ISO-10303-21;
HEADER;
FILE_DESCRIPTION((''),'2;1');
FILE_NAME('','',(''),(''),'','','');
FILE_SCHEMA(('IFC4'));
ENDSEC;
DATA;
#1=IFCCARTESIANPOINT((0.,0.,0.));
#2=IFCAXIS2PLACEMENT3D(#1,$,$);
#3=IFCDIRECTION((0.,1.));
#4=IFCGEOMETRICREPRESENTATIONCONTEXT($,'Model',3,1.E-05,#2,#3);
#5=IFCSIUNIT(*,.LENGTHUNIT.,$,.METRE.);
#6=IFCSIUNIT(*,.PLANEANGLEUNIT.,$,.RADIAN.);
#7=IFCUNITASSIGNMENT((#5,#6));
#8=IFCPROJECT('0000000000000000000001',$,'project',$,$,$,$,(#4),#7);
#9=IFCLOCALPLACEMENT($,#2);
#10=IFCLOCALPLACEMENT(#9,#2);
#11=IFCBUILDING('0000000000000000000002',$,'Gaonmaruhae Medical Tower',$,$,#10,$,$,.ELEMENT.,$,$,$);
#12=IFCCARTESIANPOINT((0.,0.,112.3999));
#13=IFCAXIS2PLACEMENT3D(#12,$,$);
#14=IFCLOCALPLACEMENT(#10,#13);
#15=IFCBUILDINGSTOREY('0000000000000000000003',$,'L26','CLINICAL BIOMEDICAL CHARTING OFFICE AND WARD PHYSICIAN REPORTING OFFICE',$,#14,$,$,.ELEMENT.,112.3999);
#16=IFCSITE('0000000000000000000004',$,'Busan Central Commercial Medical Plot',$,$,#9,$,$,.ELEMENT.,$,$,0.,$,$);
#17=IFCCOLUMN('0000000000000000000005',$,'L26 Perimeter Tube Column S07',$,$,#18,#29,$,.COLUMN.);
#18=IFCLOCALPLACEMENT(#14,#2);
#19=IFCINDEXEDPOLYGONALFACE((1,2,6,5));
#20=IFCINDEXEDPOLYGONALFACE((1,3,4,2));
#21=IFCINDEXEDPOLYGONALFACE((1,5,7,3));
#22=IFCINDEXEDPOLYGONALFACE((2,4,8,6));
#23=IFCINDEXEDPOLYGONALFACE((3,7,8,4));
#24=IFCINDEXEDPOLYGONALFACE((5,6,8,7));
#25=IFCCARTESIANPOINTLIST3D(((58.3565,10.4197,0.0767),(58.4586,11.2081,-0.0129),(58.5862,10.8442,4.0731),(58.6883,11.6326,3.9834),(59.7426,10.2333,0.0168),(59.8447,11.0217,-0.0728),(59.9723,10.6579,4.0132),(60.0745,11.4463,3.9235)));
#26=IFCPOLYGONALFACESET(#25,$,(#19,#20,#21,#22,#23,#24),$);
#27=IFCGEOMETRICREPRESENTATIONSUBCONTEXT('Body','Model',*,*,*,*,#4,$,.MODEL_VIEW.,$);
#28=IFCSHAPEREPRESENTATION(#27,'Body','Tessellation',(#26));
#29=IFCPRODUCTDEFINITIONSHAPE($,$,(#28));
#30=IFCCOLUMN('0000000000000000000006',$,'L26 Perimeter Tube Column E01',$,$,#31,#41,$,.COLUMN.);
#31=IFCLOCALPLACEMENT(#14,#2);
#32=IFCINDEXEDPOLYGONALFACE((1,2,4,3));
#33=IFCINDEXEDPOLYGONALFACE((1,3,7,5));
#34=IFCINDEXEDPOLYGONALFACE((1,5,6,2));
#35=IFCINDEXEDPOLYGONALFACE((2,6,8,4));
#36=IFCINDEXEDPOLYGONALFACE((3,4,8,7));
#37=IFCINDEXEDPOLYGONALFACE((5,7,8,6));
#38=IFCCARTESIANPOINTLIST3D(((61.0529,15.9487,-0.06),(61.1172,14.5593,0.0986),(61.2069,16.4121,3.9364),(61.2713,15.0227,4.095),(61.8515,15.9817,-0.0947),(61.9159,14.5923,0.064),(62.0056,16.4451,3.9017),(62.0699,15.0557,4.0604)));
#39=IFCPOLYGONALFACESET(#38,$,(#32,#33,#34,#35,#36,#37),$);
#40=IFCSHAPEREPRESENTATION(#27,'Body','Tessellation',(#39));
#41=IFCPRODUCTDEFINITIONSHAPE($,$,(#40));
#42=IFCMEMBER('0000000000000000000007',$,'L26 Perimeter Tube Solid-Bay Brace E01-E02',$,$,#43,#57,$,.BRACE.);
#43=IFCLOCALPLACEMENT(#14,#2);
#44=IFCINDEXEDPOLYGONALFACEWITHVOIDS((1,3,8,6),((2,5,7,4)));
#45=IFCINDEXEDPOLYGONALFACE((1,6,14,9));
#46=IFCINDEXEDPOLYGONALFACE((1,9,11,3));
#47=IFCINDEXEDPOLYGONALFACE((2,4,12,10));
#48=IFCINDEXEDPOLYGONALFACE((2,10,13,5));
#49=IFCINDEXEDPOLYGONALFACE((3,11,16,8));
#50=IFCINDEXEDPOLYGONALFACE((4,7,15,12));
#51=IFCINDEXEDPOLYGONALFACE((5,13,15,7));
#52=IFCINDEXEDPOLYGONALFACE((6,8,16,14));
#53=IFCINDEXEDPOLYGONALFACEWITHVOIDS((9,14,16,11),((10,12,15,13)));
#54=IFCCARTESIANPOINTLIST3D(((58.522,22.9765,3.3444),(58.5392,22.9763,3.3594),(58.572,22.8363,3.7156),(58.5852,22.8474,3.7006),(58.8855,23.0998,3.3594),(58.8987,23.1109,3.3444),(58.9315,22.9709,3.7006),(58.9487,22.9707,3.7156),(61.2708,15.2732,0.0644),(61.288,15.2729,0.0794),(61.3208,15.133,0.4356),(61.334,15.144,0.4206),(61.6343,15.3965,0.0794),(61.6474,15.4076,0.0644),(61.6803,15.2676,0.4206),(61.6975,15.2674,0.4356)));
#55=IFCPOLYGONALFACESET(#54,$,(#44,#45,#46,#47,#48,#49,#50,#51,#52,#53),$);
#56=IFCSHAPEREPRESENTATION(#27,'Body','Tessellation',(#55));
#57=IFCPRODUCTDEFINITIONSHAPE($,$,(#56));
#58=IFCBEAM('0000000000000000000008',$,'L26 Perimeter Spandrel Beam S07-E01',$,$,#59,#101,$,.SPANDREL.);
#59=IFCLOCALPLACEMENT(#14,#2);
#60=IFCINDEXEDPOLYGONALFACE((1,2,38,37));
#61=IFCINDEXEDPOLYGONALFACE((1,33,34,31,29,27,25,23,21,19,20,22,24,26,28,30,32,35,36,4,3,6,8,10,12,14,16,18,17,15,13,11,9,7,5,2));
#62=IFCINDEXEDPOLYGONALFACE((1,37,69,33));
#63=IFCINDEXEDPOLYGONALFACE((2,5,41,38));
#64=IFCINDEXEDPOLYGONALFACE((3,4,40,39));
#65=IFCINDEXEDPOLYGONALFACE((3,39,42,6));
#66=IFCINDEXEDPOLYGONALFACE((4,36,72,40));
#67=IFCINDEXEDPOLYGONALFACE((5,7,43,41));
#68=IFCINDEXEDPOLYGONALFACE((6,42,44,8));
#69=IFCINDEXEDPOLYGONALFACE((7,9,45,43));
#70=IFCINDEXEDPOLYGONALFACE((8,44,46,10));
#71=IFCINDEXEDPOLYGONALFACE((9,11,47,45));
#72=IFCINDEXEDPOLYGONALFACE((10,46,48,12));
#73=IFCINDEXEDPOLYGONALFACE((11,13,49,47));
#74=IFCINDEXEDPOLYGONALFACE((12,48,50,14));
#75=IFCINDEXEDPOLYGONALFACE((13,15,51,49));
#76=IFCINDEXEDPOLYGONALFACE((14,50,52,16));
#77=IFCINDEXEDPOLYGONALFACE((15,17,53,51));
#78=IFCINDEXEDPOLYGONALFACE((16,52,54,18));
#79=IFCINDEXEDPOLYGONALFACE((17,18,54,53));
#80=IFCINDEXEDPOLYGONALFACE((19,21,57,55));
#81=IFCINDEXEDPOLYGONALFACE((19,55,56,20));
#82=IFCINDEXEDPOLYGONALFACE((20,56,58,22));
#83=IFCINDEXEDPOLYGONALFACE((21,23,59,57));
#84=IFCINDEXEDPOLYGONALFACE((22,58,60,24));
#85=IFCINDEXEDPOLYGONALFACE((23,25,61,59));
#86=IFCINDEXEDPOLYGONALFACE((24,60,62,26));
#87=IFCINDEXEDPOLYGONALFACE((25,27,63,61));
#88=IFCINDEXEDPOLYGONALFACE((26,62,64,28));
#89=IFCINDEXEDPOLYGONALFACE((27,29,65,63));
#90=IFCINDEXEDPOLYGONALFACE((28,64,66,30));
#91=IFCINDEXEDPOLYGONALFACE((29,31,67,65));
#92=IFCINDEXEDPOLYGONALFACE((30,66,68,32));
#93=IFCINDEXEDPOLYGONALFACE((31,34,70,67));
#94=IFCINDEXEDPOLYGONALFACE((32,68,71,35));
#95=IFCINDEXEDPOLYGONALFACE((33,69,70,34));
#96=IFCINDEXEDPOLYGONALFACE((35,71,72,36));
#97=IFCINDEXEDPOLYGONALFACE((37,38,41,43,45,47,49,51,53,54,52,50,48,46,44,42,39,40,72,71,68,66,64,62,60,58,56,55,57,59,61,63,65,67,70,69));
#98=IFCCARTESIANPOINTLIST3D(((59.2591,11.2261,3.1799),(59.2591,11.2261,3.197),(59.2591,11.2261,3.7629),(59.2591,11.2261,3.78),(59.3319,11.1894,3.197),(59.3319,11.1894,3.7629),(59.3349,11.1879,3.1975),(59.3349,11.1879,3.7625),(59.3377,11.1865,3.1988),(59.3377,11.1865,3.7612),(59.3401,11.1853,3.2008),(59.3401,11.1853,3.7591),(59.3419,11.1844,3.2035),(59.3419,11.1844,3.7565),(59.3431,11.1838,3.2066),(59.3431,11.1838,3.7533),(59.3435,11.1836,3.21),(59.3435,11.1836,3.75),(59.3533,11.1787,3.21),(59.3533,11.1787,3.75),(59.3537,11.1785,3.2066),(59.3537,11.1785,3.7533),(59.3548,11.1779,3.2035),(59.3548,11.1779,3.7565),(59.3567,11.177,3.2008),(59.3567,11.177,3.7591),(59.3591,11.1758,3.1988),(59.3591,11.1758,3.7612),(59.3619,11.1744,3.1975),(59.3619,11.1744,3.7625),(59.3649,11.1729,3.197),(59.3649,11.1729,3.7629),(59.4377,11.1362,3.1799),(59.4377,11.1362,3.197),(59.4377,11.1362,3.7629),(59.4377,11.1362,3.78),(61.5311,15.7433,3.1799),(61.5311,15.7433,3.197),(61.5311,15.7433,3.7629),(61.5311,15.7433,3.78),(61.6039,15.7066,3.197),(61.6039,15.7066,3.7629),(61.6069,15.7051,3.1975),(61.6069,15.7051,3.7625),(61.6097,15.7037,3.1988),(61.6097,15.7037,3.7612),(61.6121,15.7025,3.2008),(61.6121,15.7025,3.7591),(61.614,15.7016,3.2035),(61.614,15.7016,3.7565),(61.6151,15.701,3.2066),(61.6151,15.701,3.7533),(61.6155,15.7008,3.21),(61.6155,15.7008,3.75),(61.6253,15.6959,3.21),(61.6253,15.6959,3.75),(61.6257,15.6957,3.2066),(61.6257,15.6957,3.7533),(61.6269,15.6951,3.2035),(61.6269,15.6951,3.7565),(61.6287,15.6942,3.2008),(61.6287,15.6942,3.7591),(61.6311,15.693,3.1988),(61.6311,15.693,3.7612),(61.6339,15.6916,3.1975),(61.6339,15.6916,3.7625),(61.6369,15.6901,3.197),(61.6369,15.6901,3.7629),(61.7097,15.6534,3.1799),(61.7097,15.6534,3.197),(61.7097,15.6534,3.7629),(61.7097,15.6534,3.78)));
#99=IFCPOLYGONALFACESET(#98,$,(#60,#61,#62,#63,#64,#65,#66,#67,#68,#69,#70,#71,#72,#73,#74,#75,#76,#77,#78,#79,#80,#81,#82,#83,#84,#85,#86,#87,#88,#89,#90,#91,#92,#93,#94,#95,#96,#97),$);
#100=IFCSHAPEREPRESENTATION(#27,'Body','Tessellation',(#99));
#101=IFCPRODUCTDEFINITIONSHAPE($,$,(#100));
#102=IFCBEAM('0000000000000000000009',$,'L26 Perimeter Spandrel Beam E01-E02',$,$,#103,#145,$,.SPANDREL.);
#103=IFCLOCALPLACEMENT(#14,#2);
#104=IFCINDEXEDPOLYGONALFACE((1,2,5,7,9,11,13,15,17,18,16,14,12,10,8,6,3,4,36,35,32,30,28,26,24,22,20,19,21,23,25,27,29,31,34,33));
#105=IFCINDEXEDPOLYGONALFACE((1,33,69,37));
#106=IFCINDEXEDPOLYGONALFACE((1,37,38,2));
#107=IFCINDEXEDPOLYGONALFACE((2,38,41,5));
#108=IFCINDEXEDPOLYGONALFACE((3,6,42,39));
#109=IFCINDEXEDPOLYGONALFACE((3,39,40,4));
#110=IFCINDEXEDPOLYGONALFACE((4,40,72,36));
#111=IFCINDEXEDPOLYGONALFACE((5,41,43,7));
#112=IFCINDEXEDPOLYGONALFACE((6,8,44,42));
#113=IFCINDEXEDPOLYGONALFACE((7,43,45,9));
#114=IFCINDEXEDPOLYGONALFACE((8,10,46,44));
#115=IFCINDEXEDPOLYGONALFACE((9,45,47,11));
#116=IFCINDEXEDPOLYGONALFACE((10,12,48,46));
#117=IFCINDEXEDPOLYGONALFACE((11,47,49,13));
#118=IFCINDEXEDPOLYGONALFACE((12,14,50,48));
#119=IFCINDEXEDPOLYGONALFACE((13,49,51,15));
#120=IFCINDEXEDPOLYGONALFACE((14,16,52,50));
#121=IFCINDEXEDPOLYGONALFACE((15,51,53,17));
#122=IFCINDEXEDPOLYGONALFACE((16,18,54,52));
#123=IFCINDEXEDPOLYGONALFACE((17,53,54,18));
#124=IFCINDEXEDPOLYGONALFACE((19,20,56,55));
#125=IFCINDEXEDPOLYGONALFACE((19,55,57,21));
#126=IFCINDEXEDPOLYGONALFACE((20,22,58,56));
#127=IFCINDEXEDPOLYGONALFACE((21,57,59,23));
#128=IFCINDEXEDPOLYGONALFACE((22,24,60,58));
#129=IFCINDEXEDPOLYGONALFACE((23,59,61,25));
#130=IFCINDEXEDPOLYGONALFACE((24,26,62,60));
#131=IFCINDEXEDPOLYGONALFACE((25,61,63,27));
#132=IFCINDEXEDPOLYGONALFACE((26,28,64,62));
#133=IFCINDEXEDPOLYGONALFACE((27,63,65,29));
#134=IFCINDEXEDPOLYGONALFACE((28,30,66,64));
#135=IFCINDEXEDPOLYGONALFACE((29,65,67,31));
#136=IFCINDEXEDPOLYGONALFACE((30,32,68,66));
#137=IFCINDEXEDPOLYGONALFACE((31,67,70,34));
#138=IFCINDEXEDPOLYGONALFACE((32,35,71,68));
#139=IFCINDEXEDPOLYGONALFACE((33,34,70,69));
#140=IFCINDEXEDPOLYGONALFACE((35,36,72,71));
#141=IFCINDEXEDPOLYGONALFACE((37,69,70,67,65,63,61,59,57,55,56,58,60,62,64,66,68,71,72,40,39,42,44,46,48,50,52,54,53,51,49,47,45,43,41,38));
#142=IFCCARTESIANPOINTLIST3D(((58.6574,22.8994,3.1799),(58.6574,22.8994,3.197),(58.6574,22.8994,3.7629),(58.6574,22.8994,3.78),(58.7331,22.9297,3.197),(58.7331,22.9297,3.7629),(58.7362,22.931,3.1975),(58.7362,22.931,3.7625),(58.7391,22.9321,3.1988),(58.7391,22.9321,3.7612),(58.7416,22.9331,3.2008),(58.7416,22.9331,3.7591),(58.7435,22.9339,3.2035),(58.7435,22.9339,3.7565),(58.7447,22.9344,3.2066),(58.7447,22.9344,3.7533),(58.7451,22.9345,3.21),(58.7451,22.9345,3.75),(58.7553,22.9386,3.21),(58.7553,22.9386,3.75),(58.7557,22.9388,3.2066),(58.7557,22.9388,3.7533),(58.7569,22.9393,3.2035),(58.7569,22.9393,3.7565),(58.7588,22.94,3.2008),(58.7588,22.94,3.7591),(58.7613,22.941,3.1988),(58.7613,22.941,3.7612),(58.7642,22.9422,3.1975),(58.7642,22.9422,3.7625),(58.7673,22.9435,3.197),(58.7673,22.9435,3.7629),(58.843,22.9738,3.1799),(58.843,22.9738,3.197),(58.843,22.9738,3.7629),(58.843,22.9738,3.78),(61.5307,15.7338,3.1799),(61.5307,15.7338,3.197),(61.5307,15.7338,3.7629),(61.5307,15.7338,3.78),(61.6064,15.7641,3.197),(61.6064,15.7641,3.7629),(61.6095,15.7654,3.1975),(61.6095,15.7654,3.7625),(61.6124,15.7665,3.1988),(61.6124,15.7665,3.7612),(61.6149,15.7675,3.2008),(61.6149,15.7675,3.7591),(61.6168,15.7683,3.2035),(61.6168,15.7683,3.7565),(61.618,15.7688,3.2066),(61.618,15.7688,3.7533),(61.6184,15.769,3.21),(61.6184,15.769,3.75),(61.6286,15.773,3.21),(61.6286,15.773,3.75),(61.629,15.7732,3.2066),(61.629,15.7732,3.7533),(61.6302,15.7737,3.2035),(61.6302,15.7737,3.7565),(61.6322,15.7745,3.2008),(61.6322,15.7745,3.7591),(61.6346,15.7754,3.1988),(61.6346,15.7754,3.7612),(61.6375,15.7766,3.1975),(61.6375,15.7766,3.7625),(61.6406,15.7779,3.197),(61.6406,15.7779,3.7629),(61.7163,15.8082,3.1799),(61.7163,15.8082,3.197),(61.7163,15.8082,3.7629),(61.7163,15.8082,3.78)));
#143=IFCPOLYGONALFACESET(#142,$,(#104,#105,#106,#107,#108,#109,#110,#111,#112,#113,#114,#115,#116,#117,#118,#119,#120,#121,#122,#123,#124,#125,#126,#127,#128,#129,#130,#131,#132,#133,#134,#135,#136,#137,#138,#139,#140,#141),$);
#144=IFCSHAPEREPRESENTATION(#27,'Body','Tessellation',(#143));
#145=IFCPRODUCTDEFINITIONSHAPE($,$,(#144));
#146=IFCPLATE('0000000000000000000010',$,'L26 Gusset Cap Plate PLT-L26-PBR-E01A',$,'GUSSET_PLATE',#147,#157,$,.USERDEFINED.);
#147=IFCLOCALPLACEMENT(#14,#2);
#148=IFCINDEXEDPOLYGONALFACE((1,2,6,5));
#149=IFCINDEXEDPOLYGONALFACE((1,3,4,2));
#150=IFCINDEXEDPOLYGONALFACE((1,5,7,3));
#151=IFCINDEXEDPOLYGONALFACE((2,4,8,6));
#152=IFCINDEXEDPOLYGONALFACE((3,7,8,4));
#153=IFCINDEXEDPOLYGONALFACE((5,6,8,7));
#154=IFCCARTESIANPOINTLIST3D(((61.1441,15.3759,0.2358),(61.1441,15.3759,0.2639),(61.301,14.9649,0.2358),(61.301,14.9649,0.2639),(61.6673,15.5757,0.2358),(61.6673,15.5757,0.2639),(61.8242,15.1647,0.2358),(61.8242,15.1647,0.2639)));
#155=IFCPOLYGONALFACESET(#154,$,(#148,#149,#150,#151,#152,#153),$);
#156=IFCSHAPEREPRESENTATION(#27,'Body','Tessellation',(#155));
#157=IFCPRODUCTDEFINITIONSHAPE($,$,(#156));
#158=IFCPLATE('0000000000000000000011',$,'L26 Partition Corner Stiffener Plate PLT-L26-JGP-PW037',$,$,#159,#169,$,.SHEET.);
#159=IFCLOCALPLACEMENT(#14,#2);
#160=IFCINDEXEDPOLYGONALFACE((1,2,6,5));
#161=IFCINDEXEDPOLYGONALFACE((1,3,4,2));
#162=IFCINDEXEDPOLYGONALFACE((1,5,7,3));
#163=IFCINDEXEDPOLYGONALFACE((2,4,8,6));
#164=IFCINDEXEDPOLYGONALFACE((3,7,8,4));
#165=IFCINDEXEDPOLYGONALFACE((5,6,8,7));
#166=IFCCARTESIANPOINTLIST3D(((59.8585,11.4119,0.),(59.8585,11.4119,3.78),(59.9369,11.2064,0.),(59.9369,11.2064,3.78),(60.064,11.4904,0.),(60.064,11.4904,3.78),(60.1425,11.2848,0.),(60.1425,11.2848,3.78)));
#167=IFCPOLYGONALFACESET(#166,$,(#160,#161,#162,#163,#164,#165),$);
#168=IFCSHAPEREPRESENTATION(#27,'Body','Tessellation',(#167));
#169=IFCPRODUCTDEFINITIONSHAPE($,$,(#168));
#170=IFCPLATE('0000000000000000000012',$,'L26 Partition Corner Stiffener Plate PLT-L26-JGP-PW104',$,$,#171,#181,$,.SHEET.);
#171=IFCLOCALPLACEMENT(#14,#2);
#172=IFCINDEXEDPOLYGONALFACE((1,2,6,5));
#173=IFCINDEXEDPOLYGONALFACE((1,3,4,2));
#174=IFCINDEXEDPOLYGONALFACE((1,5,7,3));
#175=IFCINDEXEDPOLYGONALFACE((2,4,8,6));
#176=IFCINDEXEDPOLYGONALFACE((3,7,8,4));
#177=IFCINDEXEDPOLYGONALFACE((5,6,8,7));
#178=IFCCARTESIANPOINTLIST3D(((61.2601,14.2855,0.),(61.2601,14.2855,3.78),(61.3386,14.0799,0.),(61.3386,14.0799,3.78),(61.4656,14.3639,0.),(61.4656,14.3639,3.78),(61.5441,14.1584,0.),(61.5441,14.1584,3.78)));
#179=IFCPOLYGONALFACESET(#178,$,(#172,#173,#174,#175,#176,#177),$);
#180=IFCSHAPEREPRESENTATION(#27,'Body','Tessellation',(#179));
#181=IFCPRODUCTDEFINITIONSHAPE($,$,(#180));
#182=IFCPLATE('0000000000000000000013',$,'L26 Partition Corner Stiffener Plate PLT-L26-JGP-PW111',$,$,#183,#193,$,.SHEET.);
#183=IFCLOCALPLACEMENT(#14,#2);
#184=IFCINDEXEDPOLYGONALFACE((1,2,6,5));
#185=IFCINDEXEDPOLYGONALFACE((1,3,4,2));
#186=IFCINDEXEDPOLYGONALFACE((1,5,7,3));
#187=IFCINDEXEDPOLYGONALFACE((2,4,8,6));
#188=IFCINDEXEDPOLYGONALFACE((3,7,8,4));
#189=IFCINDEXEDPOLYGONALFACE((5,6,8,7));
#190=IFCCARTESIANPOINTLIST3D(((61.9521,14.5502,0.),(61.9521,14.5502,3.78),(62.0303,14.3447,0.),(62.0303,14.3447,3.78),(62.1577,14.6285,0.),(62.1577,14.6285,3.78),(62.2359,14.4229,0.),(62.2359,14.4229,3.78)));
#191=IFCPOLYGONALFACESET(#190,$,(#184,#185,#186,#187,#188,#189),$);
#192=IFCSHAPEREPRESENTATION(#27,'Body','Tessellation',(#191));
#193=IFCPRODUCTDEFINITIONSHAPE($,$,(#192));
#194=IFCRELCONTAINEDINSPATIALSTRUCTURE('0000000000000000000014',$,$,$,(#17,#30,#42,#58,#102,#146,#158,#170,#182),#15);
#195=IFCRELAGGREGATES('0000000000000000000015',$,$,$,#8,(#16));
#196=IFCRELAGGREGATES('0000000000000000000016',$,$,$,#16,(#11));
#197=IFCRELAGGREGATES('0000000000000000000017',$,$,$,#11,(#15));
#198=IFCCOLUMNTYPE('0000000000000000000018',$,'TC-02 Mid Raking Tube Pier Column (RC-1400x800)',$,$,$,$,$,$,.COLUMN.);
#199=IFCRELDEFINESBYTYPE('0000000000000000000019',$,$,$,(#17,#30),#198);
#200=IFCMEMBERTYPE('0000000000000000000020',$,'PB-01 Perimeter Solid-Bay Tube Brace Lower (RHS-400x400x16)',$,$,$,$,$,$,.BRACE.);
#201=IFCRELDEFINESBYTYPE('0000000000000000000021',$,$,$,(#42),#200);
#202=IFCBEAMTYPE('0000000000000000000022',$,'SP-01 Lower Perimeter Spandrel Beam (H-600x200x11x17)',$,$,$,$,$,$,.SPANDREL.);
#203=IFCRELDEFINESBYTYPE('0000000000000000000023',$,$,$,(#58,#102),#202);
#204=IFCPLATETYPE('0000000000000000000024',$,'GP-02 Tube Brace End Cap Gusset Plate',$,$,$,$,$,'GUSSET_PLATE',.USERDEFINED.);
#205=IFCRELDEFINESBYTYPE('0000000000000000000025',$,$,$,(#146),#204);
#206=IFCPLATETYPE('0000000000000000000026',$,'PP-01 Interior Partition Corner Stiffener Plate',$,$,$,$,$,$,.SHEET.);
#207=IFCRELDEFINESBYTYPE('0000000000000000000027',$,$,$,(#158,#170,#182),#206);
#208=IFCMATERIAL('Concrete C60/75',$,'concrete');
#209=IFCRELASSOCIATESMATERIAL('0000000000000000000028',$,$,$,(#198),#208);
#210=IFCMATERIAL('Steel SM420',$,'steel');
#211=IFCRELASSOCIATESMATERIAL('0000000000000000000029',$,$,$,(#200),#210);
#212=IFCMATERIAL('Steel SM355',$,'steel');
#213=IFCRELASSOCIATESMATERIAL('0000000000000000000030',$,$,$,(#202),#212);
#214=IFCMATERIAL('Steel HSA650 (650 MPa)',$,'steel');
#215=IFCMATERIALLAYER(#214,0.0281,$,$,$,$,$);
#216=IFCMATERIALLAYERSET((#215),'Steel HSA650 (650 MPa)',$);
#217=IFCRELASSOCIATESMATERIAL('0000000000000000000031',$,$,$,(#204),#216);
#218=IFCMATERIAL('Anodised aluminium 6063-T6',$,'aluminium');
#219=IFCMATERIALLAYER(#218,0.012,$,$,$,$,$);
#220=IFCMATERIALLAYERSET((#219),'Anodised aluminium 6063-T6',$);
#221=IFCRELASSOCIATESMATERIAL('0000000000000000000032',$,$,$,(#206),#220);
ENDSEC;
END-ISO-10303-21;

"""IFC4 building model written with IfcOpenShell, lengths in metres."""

from ifc_helpers import new_model, si_unit, direction, frame, origin, origin_2d, place, context, subcontext, project, spatial, rectangle, hollow_rectangle, i_section, extrude, material, layer, layer_set, material_profile, profile_set, type_object, element, save


model = new_model("IFC4")

# Units and contexts
model_context = context("Model", 3, precision=1e-05, world=origin(), true_north=direction((0.0, 1.0)))
body_context = subcontext(model_context, "Body", "Model", "MODEL_VIEW")
ifc_project = project(units=[si_unit("LENGTHUNIT", "METRE"), si_unit("PLANEANGLEUNIT", "RADIAN")], contexts=[model_context])

# Site, building, storey
site_placement = place(None, origin())
site = spatial("IfcSite", under=ifc_project, at=site_placement, Name="Busan Central Commercial Medical Plot", CompositionType="ELEMENT", RefElevation=0.0)
building_placement = place(site_placement, origin())
building = spatial("IfcBuilding", under=site, at=building_placement, Name="Gaonmaruhae Medical Tower", CompositionType="ELEMENT")
storey_placement = place(building_placement, frame((0.0, 0.0, 112.3999)))
storey = spatial("IfcBuildingStorey", under=building, at=storey_placement, Name="L26", Description="CLINICAL BIOMEDICAL CHARTING OFFICE AND WARD PHYSICIAN REPORTING OFFICE", CompositionType="ELEMENT", Elevation=112.3999)

# Columns
ifc_material_1 = material(Name="Concrete C60/75", Category="concrete")
ifc_material_profile_1 = material_profile(ifc_material_1, rectangle(XDim=1.3999, YDim=0.8, at=origin_2d()), Name="RC-1400x800")
ifc_profile_set_1 = profile_set([ifc_material_profile_1], Name="Concrete C60/75")
column_type = type_object("IfcColumnType", Name="TC-02 Mid Raking Tube Pier Column (RC-1400x800)", PredefinedType="COLUMN", material=ifc_profile_set_1)
column_1_placement = place(storey_placement, frame((59.1006, 10.7207, 0.002), z_axis=(0.057072, 0.105471, 0.992783), x_axis=(-0.990177, 0.133111, 0.042781)))
element("IfcColumn", 1, at=column_1_placement, inside=storey, type_object=column_type, Name="L26 Perimeter Tube Column S07", PredefinedType="COLUMN", context=body_context, shape_type="SweptSolid", body=[
    extrude(rectangle(XDim=1.3999, YDim=0.8, at=origin_2d()), origin(), (0.0, 0.0, 1.0), 4.0254),
])
column_2_placement = place(storey_placement, frame((61.4844, 15.2705, 0.002), z_axis=(0.038264, 0.115095, 0.992617), x_axis=(0.045976, -0.992496, 0.113308)))
element("IfcColumn", 2, at=column_2_placement, inside=storey, type_object=column_type, Name="L26 Perimeter Tube Column E01", PredefinedType="COLUMN", context=body_context, shape_type="SweptSolid", body=[
    extrude(rectangle(XDim=1.3999, YDim=0.8, at=origin_2d()), origin(), (0.0, 0.0, 1.0), 4.0261),
])

# Member
ifc_material_2 = material(Name="Steel SM420", Category="steel")
ifc_material_profile_2 = material_profile(ifc_material_2, hollow_rectangle(XDim=0.3999, YDim=0.3999, WallThickness=0.0161, at=origin_2d()), Name="RHS-400x400x16")
ifc_profile_set_2 = profile_set([ifc_material_profile_2], Name="Steel SM420")
member_type = type_object("IfcMemberType", Name="PB-01 Perimeter Solid-Bay Tube Brace Lower (RHS-400x400x16)", PredefinedType="BRACE", material=ifc_profile_set_2)
member_placement = place(storey_placement, frame((61.4841, 15.2703, 0.25), z_axis=(-0.311926, 0.874163, 0.372211), x_axis=(-0.941836, -0.336074, 0.0)))
element("IfcMember", 3, at=member_placement, inside=storey, type_object=member_type, Name="L26 Perimeter Tube Solid-Bay Brace E01-E02", PredefinedType="BRACE", context=body_context, shape_type="SweptSolid", body=[
    extrude(hollow_rectangle(XDim=0.3999, YDim=0.3999, WallThickness=0.0161, at=origin_2d()), origin(), (0.0, 0.0, 1.0), 8.8123),
])

# Beams
ifc_material_3 = material(Name="Steel SM355", Category="steel")
ifc_material_profile_3 = material_profile(ifc_material_3, i_section(OverallWidth=0.2, OverallDepth=0.6001, WebThickness=0.011, FlangeThickness=0.0171, FilletRadius=0.0129, at=origin_2d()), Name="H-600x200x11x17")
ifc_profile_set_3 = profile_set([ifc_material_profile_3], Name="Steel SM355")
beam_type = type_object("IfcBeamType", Name="SP-01 Lower Perimeter Spandrel Beam (H-600x200x11x17)", PredefinedType="SPANDREL", material=ifc_profile_set_3)
beam_1_placement = place(storey_placement, frame((59.3484, 11.1812, 3.48), z_axis=(0.449337, 0.893362, 0.0), x_axis=(-0.893362, 0.449337, 0.0)))
element("IfcBeam", 4, at=beam_1_placement, inside=storey, type_object=beam_type, Name="L26 Perimeter Spandrel Beam S07-E01", PredefinedType="SPANDREL", context=body_context, shape_type="SweptSolid", body=[
    extrude(i_section(OverallWidth=0.2, OverallDepth=0.6001, WebThickness=0.011, FlangeThickness=0.0171, FilletRadius=0.0129, at=origin_2d()), origin(), (0.0, 0.0, 1.0), 5.0564),
])
beam_2_placement = place(storey_placement, frame((61.6235, 15.771, 3.48), z_axis=(-0.372181, 0.92816, 0.0), x_axis=(-0.92816, -0.372181, 0.0)))
element("IfcBeam", 5, at=beam_2_placement, inside=storey, type_object=beam_type, Name="L26 Perimeter Spandrel Beam E01-E02", PredefinedType="SPANDREL", context=body_context, shape_type="SweptSolid", body=[
    extrude(i_section(OverallWidth=0.2, OverallDepth=0.6001, WebThickness=0.011, FlangeThickness=0.0171, FilletRadius=0.0129, at=origin_2d()), origin(), (0.0, 0.0, 1.0), 7.7202),
])

# Plates
ifc_material_4 = material(Name="Steel HSA650 (650 MPa)", Category="steel")
ifc_layer_1 = layer(ifc_material_4, 0.0281)
ifc_layer_set_1 = layer_set([ifc_layer_1], Name="Steel HSA650 (650 MPa)")
plate_type_1 = type_object("IfcPlateType", Name="GP-02 Tube Brace End Cap Gusset Plate", ElementType="GUSSET_PLATE", PredefinedType="USERDEFINED", material=ifc_layer_set_1)
plate_placement = place(storey_placement, frame((61.4841, 15.2703, 0.2358), z_axis=(0.0, 0.0, 1.0), x_axis=(0.934204, 0.356738, 0.0)))
element("IfcPlate", 6, at=plate_placement, inside=storey, type_object=plate_type_1, Name="L26 Gusset Cap Plate PLT-L26-PBR-E01A", ObjectType="GUSSET_PLATE", PredefinedType="USERDEFINED", context=body_context, shape_type="SweptSolid", body=[
    extrude(rectangle(XDim=0.5601, YDim=0.4399, at=origin_2d()), origin(), (0.0, 0.0, 1.0), 0.0281),
])
ifc_material_5 = material(Name="Anodised aluminium 6063-T6", Category="aluminium")
ifc_layer_2 = layer(ifc_material_5, 0.012)
ifc_layer_set_2 = layer_set([ifc_layer_2], Name="Anodised aluminium 6063-T6")
plate_type_2 = type_object("IfcPlateType", Name="PP-01 Interior Partition Corner Stiffener Plate", PredefinedType="SHEET", material=ifc_layer_set_2)
for number, where, z_axis, x_axis, name in (
    (7, (60.0005, 11.3484, 0.0), (0.0, 0.0, 1.0), (0.356542, -0.934279, 0.0), "L26 Partition Corner Stiffener Plate PLT-L26-JGP-PW037"),
    (8, (61.4021, 14.2219, 0.0), (0.0, 0.0, 1.0), (-0.93426, -0.356591, 0.0), "L26 Partition Corner Stiffener Plate PLT-L26-JGP-PW104"),
    (9, (62.094, 14.4866, 0.0), (0.0, 0.0, 1.0), (-0.934578, -0.35576, 0.0), "L26 Partition Corner Stiffener Plate PLT-L26-JGP-PW111"),
):
    element("IfcPlate", number, at=place(storey_placement, frame(where, z_axis=z_axis, x_axis=x_axis)), inside=storey, type_object=plate_type_2, Name=name, PredefinedType="SHEET", context=body_context, shape_type="SweptSolid", body=[
        extrude(rectangle(XDim=0.22, YDim=0.22, at=origin_2d()), origin(), (0.0, 0.0, 1.0), 3.78),
    ])

save(model, "model.ifc")
